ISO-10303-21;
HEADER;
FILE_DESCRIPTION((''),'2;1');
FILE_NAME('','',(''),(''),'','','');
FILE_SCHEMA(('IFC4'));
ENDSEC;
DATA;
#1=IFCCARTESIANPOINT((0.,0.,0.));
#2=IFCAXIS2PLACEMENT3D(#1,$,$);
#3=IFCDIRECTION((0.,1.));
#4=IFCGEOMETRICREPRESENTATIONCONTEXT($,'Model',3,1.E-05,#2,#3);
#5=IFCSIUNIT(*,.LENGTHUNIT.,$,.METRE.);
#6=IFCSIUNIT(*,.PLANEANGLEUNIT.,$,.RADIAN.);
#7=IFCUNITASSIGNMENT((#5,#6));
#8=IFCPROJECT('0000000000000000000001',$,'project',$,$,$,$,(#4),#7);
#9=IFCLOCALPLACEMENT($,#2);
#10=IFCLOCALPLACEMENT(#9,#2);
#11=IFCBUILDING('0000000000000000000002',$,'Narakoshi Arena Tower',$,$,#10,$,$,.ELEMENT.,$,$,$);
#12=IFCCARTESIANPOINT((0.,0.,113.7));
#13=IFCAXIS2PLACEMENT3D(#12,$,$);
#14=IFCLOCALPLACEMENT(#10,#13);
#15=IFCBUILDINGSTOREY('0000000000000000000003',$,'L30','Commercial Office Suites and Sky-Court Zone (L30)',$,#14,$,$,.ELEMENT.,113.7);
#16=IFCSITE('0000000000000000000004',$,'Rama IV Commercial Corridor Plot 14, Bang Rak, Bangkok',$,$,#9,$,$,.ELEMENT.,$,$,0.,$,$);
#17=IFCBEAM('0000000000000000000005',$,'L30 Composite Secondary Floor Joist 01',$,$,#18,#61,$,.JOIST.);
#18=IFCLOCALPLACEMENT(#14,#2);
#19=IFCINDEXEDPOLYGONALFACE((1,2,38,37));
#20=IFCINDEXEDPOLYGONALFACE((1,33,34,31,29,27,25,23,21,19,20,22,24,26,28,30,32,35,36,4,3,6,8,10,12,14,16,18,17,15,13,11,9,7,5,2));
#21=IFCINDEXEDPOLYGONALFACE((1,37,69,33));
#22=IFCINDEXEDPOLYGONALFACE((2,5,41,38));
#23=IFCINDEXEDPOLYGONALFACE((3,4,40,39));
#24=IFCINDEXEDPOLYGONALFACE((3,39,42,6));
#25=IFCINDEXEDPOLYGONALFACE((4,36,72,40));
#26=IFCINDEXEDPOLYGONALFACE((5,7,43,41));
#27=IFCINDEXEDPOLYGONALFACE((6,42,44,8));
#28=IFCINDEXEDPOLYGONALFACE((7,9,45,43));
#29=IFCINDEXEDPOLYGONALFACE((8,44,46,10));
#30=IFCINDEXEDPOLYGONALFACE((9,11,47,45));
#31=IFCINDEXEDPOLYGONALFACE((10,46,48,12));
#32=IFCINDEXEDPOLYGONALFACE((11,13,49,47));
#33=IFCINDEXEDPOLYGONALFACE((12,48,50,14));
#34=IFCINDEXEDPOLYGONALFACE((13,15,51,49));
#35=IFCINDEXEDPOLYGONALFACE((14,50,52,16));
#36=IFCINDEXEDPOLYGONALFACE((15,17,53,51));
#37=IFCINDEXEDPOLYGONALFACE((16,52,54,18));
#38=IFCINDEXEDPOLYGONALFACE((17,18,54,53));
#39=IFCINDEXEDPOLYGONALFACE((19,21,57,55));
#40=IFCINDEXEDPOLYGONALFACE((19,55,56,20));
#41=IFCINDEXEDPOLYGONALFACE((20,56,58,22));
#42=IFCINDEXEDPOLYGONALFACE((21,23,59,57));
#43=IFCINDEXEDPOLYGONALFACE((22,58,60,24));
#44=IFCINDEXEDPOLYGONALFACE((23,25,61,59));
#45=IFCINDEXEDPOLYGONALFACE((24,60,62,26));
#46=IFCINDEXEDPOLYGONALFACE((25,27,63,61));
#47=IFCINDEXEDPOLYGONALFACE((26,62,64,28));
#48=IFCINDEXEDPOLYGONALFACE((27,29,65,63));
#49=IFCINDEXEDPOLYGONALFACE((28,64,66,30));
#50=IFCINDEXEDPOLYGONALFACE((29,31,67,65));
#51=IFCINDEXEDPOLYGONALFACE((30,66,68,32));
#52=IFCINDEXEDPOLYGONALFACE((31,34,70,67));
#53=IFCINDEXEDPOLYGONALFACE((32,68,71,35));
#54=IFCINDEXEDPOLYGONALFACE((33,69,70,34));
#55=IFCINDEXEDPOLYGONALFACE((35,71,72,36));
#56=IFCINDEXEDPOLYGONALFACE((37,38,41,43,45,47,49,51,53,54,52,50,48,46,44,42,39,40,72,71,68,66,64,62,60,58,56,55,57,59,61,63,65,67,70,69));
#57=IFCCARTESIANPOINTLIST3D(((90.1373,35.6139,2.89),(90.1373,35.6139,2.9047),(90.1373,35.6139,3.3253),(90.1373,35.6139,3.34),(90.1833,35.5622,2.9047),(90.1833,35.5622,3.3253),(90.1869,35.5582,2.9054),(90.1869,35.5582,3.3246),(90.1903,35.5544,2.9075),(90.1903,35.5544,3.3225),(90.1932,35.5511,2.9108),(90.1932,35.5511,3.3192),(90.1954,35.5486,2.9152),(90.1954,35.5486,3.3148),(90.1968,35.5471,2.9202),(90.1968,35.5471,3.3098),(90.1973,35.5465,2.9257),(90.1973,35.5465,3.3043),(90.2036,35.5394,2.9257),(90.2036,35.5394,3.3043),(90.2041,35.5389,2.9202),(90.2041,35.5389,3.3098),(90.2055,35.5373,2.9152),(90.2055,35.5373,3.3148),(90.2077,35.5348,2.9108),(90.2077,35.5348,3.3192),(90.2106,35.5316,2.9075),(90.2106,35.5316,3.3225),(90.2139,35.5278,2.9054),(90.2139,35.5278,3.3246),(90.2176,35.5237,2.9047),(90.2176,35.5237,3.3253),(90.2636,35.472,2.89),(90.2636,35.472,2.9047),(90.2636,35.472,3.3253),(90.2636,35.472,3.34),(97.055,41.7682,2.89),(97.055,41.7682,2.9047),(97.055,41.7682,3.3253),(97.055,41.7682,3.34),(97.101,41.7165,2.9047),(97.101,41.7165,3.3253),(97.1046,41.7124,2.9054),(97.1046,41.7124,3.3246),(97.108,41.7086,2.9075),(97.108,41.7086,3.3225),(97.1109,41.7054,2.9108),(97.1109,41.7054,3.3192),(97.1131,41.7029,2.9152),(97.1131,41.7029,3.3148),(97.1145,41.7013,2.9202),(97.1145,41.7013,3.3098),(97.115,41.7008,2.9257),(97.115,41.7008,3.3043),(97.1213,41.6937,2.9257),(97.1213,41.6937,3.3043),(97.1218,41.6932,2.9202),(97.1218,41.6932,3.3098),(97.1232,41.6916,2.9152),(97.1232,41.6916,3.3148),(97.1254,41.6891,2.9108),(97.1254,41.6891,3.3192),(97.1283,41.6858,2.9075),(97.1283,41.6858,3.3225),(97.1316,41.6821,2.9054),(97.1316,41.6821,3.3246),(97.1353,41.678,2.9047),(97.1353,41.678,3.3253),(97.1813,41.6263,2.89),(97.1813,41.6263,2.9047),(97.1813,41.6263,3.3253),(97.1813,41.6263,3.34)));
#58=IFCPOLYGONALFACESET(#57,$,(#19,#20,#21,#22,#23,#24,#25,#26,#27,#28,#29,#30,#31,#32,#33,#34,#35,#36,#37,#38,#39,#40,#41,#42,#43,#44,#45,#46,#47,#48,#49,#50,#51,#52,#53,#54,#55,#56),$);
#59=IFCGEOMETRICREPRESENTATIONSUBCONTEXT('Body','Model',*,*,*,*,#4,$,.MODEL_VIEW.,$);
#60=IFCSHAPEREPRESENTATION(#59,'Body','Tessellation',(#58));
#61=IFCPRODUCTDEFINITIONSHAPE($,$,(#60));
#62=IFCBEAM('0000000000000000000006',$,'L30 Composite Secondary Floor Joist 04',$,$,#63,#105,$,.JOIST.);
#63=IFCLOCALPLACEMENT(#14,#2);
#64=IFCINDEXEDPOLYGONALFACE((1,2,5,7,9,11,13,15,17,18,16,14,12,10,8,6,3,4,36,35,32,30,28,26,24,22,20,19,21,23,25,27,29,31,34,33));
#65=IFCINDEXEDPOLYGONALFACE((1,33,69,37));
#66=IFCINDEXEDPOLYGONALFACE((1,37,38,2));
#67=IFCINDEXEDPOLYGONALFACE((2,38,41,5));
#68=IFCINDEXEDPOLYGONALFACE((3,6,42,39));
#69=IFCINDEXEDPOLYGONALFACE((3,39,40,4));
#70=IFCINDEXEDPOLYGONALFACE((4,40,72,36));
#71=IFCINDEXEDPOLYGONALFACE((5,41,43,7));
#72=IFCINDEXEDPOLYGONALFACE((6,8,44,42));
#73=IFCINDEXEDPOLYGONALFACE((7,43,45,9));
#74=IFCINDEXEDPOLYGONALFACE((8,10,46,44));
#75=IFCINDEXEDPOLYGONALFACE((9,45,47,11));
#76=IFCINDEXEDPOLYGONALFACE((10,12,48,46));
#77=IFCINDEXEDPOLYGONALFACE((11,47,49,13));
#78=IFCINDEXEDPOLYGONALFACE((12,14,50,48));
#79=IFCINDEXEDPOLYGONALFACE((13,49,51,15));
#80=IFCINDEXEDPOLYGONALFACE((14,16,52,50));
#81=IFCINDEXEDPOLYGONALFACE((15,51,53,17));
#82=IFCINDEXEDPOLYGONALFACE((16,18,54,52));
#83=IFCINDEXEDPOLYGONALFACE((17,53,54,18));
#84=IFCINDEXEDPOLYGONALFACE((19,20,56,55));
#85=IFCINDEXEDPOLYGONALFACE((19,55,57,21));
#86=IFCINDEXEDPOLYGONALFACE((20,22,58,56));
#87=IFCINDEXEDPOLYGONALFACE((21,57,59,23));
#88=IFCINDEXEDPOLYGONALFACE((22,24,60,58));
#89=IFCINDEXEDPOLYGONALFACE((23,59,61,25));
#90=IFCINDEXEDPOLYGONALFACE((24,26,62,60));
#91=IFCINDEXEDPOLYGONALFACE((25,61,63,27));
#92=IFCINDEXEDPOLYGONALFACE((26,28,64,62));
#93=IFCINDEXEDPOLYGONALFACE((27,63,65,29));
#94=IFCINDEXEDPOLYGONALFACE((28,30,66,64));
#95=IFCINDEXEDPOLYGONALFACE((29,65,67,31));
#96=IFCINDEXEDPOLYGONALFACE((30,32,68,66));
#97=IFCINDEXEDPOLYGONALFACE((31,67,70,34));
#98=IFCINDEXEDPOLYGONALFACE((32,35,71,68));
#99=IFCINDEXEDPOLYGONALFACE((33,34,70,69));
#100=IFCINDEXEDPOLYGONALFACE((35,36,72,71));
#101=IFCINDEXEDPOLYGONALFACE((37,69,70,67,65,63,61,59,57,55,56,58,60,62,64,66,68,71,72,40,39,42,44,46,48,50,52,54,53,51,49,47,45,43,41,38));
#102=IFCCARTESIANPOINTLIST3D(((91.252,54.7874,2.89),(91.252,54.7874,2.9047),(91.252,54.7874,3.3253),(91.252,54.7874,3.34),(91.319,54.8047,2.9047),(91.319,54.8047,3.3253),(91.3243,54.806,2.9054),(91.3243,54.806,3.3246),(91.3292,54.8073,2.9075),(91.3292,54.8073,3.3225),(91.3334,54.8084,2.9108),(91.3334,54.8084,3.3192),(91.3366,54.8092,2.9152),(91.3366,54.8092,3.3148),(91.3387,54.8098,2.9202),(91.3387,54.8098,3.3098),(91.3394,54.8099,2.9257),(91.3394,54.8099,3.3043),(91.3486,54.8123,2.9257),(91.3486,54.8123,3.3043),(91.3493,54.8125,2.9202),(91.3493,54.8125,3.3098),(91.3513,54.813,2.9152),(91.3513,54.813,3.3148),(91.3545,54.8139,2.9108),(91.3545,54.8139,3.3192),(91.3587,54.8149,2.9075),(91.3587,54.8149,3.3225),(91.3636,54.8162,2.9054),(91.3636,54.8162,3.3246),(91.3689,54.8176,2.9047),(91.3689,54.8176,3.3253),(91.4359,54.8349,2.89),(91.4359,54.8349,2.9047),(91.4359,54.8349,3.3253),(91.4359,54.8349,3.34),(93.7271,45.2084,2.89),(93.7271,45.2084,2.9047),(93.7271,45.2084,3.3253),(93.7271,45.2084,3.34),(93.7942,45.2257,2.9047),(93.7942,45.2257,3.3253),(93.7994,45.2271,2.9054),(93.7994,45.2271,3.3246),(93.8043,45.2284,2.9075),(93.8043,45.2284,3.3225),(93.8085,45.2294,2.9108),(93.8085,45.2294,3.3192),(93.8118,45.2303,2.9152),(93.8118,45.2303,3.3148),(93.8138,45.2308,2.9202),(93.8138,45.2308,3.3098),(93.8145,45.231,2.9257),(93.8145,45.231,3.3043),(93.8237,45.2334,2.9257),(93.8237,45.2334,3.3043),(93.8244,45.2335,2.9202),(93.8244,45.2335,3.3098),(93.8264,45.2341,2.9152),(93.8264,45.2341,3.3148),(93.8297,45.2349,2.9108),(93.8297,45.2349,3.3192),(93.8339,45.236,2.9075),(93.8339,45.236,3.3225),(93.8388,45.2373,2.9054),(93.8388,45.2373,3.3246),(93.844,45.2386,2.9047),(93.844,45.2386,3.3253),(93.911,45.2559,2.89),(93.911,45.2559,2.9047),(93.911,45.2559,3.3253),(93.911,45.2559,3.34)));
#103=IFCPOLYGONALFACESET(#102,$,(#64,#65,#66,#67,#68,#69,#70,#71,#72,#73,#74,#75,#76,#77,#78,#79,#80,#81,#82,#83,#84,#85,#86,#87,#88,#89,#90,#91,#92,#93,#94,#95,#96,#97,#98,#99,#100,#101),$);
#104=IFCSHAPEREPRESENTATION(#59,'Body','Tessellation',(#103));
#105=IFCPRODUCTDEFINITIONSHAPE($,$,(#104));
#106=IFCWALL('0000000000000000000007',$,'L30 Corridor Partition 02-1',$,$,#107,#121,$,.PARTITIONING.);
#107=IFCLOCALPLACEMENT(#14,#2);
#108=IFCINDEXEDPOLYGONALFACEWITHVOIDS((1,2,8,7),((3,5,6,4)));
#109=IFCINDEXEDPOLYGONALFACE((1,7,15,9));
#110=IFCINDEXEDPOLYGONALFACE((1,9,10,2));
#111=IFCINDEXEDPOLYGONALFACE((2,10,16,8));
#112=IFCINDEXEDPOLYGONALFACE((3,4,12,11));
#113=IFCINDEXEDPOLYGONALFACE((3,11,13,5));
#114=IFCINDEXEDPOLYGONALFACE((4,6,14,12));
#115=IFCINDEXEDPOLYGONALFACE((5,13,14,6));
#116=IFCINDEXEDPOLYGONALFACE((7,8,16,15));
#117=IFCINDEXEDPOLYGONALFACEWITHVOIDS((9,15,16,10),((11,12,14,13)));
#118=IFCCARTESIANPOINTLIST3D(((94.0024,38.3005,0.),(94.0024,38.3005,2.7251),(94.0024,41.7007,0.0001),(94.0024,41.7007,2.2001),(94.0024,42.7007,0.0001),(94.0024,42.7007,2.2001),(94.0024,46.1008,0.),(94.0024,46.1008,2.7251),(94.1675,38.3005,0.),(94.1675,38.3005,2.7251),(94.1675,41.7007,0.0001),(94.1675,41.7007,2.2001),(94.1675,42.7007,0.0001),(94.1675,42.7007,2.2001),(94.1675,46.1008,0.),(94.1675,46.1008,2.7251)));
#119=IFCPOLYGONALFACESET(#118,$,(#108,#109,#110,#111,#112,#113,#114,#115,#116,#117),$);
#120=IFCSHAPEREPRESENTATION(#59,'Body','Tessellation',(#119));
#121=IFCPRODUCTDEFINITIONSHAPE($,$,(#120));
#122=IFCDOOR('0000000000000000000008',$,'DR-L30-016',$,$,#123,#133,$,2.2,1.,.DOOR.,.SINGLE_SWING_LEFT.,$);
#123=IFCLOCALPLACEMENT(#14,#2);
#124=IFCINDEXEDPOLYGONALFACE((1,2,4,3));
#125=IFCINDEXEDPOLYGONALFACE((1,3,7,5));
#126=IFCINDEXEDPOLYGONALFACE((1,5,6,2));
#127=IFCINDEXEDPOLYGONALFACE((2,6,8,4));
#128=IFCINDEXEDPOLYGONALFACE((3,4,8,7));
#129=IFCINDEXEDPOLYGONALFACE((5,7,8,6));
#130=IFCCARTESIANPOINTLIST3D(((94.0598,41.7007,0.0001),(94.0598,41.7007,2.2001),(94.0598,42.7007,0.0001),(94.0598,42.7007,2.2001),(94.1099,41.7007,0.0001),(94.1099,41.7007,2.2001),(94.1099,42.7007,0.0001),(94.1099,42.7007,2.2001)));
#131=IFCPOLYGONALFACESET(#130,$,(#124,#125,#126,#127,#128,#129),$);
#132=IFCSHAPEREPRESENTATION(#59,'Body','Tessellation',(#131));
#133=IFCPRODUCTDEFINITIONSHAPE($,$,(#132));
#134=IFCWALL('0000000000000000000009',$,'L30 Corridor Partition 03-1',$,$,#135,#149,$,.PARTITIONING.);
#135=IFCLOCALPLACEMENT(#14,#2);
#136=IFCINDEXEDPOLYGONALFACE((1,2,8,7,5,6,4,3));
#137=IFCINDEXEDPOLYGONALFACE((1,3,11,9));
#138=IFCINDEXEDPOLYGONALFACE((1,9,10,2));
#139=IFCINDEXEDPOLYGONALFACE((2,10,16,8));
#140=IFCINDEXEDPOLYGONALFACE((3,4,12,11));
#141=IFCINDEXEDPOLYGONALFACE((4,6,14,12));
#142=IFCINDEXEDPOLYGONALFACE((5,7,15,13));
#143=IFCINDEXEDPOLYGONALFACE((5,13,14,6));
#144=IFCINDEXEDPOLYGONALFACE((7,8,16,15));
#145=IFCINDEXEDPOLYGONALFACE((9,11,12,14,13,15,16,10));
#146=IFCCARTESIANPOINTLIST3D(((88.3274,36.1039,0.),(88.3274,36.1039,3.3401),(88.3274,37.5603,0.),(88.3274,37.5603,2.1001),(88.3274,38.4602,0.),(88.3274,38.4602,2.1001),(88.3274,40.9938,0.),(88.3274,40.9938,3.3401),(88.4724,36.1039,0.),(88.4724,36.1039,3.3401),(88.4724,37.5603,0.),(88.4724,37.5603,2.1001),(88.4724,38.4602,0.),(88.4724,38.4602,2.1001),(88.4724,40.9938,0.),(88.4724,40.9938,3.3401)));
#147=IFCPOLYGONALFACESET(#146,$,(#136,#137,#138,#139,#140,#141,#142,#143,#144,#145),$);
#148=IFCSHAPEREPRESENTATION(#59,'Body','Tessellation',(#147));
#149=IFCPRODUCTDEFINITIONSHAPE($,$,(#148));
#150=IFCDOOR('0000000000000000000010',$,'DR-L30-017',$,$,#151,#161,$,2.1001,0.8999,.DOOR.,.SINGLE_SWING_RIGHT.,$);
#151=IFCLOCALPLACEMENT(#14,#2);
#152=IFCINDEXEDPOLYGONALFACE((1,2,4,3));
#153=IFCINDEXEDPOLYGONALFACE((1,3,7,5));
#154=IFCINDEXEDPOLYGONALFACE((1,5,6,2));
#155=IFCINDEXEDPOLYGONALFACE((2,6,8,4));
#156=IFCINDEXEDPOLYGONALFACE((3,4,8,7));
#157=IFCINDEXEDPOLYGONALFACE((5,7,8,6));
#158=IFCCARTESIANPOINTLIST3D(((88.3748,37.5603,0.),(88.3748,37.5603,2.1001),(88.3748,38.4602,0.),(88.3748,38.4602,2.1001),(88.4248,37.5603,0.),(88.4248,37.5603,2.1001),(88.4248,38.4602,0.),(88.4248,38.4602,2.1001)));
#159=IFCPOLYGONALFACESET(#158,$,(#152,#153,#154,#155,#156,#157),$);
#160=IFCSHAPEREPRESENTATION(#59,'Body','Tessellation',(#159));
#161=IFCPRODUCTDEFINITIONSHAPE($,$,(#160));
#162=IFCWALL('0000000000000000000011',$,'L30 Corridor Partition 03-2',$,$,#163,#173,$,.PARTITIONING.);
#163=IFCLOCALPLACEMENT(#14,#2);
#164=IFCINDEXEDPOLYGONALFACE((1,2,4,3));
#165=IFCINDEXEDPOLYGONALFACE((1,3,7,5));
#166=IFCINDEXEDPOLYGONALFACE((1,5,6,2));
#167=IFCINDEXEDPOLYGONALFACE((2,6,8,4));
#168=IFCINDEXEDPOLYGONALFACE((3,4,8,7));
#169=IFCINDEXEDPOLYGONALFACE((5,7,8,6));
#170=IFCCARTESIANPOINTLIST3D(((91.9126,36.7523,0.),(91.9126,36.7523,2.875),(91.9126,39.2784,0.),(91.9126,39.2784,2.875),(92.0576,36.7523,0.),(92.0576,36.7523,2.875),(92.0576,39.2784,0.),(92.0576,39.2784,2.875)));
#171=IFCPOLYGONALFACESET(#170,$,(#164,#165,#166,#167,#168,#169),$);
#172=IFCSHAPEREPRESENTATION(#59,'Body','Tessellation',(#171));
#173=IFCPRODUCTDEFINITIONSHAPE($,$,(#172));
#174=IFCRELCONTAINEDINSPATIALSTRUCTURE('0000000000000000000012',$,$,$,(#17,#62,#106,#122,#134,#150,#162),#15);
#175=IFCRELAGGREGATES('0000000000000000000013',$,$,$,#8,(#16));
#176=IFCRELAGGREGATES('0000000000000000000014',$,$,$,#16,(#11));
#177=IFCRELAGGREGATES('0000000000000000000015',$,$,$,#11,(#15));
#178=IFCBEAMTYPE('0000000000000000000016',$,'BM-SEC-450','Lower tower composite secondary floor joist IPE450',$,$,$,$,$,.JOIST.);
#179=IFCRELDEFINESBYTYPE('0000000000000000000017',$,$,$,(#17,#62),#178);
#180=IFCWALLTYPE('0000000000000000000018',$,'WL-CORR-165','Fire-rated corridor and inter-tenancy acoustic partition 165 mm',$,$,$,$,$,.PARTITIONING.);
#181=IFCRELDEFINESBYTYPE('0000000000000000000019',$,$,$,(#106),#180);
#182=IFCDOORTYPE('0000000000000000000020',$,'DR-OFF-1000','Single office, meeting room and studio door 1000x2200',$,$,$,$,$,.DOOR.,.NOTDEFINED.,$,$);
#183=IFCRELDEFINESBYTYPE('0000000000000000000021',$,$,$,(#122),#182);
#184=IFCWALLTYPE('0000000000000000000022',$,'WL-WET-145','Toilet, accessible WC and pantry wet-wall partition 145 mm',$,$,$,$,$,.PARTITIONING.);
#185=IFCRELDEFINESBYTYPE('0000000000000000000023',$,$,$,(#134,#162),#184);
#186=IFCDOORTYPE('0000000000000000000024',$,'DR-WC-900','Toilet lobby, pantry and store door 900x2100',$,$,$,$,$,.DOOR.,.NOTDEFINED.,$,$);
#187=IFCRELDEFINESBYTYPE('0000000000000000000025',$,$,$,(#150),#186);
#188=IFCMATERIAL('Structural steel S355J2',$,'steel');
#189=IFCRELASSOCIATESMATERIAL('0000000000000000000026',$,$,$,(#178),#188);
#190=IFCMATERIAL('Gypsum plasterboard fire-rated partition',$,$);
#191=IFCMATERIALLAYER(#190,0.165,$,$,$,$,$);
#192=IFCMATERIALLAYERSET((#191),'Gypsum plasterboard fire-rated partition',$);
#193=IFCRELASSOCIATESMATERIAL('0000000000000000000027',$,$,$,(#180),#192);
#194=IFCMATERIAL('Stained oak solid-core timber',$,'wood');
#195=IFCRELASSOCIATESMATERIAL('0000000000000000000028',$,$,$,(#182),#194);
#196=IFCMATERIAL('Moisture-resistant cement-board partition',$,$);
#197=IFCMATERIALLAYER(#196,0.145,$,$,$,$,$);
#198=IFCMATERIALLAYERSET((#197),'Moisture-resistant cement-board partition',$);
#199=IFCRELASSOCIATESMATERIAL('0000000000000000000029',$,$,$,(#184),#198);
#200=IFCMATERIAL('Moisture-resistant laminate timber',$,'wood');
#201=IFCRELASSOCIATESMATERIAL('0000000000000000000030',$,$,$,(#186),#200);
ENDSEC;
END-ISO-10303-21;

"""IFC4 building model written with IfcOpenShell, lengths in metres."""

from ifc_helpers import new_model, si_unit, direction, frame, frame_2d, origin, origin_2d, place, context, subcontext, project, spatial, rectangle, i_section, extrude, material, layer, layer_set, material_profile, profile_set, type_object, element, fill, save


model = new_model("IFC4")

# Units and contexts
model_context = context("Model", 3, precision=1e-05, world=origin(), true_north=direction((0.0, 1.0)))
body_context = subcontext(model_context, "Body", "Model", "MODEL_VIEW")
ifc_project = project(units=[si_unit("LENGTHUNIT", "METRE"), si_unit("PLANEANGLEUNIT", "RADIAN")], contexts=[model_context])

# Site, building, storey
site_placement = place(None, origin())
site = spatial("IfcSite", under=ifc_project, at=site_placement, Name="Rama IV Commercial Corridor Plot 14, Bang Rak, Bangkok", CompositionType="ELEMENT", RefElevation=0.0)
building_placement = place(site_placement, origin())
building = spatial("IfcBuilding", under=site, at=building_placement, Name="Narakoshi Arena Tower", CompositionType="ELEMENT")
storey_placement = place(building_placement, frame((0.0, 0.0, 113.7)))
storey = spatial("IfcBuildingStorey", under=building, at=storey_placement, Name="L30", Description="Commercial Office Suites and Sky-Court Zone (L30)", CompositionType="ELEMENT", Elevation=113.7)

# Beams
ifc_material_1 = material(Name="Structural steel S355J2", Category="steel")
ifc_material_profile = material_profile(ifc_material_1, i_section(OverallWidth=0.1899, OverallDepth=0.45, WebThickness=0.0095, FlangeThickness=0.0146, FilletRadius=0.021, at=origin_2d()), Name="IPE450")
ifc_profile_set = profile_set([ifc_material_profile], Name="Structural steel S355J2")
beam_type = type_object("IfcBeamType", Name="BM-SEC-450", Description="Lower tower composite secondary floor joist IPE450", PredefinedType="JOIST", material=ifc_profile_set)
beam_1_placement = place(storey_placement, frame((90.2004, 35.543, 3.115), z_axis=(0.74713, 0.664678, 0.0), x_axis=(-0.664678, 0.74713, 0.0)))
element("IfcBeam", 1, at=beam_1_placement, inside=storey, type_object=beam_type, Name="L30 Composite Secondary Floor Joist 01", PredefinedType="JOIST", context=body_context, shape_type="SweptSolid", body=[
    extrude(i_section(OverallWidth=0.1899, OverallDepth=0.45, WebThickness=0.0095, FlangeThickness=0.0146, FilletRadius=0.021, at=origin_2d()), origin(), (0.0, 0.0, 1.0), 9.259),
])
beam_2_placement = place(storey_placement, frame((93.8191, 45.2322, 3.115), z_axis=(-0.250175, 0.968201, 0.0), x_axis=(-0.968201, -0.250175, 0.0)))
element("IfcBeam", 2, at=beam_2_placement, inside=storey, type_object=beam_type, Name="L30 Composite Secondary Floor Joist 04", PredefinedType="JOIST", context=body_context, shape_type="SweptSolid", body=[
    extrude(i_section(OverallWidth=0.1899, OverallDepth=0.45, WebThickness=0.0095, FlangeThickness=0.0146, FilletRadius=0.021, at=origin_2d()), origin(), (0.0, 0.0, 1.0), 9.8936),
])

# Walls, openings, doors
ifc_material_2 = material(Name="Gypsum plasterboard fire-rated partition")
ifc_layer_1 = layer(ifc_material_2, 0.165)
ifc_layer_set_1 = layer_set([ifc_layer_1], Name="Gypsum plasterboard fire-rated partition")
wall_type_1 = type_object("IfcWallType", Name="WL-CORR-165", Description="Fire-rated corridor and inter-tenancy acoustic partition 165 mm", PredefinedType="PARTITIONING", material=ifc_layer_set_1)
wall_1_placement = place(storey_placement, frame((94.085, 38.3005, 0.0), z_axis=(0.0, 0.0, 1.0), x_axis=(0.0, 1.0, 0.0)))
wall_1 = element("IfcWall", 3, at=wall_1_placement, inside=storey, type_object=wall_type_1, Name="L30 Corridor Partition 02-1", PredefinedType="PARTITIONING", context=body_context, shape_type="SweptSolid", body=[
    extrude(rectangle(XDim=7.8003, YDim=0.165, at=frame_2d((3.9001, 0.0))), origin(), (0.0, 0.0, 1.0), 2.7251),
])
opening_1_placement = place(wall_1_placement, frame((3.4001, 0.0, 0.0)))
opening_1 = element("IfcOpeningElement", 4, at=opening_1_placement, cuts=wall_1, PredefinedType="OPENING", context=body_context, shape_type="SweptSolid", body=[
    extrude(rectangle(XDim=1.0, YDim=2.2, at=frame_2d((0.5, 1.1001))), frame((0.0, 0.0925, 0.0), z_axis=(0.0, -1.0, 0.0), x_axis=(1.0, 0.0, 0.0)), (0.0, 0.0, 1.0), 0.1851),
])
ifc_material_3 = material(Name="Stained oak solid-core timber", Category="wood")
door_type_1 = type_object("IfcDoorType", Name="DR-OFF-1000", Description="Single office, meeting room and studio door 1000x2200", OperationType="NOTDEFINED", PredefinedType="DOOR", material=ifc_material_3)
door_1_placement = place(opening_1_placement, frame((1.0, 0.0, 0.0), z_axis=(0.0, 0.0, 1.0), x_axis=(-1.0, 0.0, 0.0)))
door_1 = element("IfcDoor", 5, at=door_1_placement, inside=storey, type_object=door_type_1, Name="DR-L30-016", OperationType="SINGLE_SWING_LEFT", OverallHeight=2.2, OverallWidth=1.0, PredefinedType="DOOR", context=body_context, shape_type="SweptSolid", body=[
    extrude(rectangle(XDim=1.0, YDim=2.2, at=frame_2d((0.5, 1.1001))), frame((0.0, 0.0249, 0.0), z_axis=(0.0, -1.0, 0.0), x_axis=(1.0, 0.0, 0.0)), (0.0, 0.0, 1.0), 0.05),
])
fill(opening_1, door_1)
ifc_material_4 = material(Name="Moisture-resistant cement-board partition")
ifc_layer_2 = layer(ifc_material_4, 0.145)
ifc_layer_set_2 = layer_set([ifc_layer_2], Name="Moisture-resistant cement-board partition")
wall_type_2 = type_object("IfcWallType", Name="WL-WET-145", Description="Toilet, accessible WC and pantry wet-wall partition 145 mm", PredefinedType="PARTITIONING", material=ifc_layer_set_2)
wall_2_placement = place(storey_placement, frame((88.3999, 36.104, 0.0), z_axis=(0.0, 0.0, 1.0), x_axis=(0.0, 1.0, 0.0)))
wall_2 = element("IfcWall", 6, at=wall_2_placement, inside=storey, type_object=wall_type_2, Name="L30 Corridor Partition 03-1", PredefinedType="PARTITIONING", context=body_context, shape_type="SweptSolid", body=[
    extrude(rectangle(XDim=4.8899, YDim=0.145, at=frame_2d((2.4448, 0.0))), origin(), (0.0, 0.0, 1.0), 3.3401),
])
opening_2_placement = place(wall_2_placement, frame((1.4563, 0.0, 0.0)))
opening_2 = element("IfcOpeningElement", 7, at=opening_2_placement, cuts=wall_2, PredefinedType="OPENING", context=body_context, shape_type="SweptSolid", body=[
    extrude(rectangle(XDim=0.8999, YDim=2.1001, at=frame_2d((0.45, 1.05))), frame((0.0, 0.0825, 0.0), z_axis=(0.0, -1.0, 0.0), x_axis=(1.0, 0.0, 0.0)), (0.0, 0.0, 1.0), 0.165),
])
ifc_material_5 = material(Name="Moisture-resistant laminate timber", Category="wood")
door_type_2 = type_object("IfcDoorType", Name="DR-WC-900", Description="Toilet lobby, pantry and store door 900x2100", OperationType="NOTDEFINED", PredefinedType="DOOR", material=ifc_material_5)
door_2_placement = place(opening_2_placement, frame((0.8999, 0.0, 0.0), z_axis=(0.0, 0.0, 1.0), x_axis=(-1.0, 0.0, 0.0)))
door_2 = element("IfcDoor", 8, at=door_2_placement, inside=storey, type_object=door_type_2, Name="DR-L30-017", OperationType="SINGLE_SWING_RIGHT", OverallHeight=2.1001, OverallWidth=0.8999, PredefinedType="DOOR", context=body_context, shape_type="SweptSolid", body=[
    extrude(rectangle(XDim=0.8999, YDim=2.1001, at=frame_2d((0.45, 1.05))), frame((0.0, 0.0249, 0.0), z_axis=(0.0, -1.0, 0.0), x_axis=(1.0, 0.0, 0.0)), (0.0, 0.0, 1.0), 0.05),
])
fill(opening_2, door_2)

# Wall
wall_3_placement = place(storey_placement, frame((91.9851, 39.2786, 0.0), z_axis=(0.0, 0.0, 1.0), x_axis=(0.0, -1.0, 0.0)))
element("IfcWall", 9, at=wall_3_placement, inside=storey, type_object=wall_type_2, Name="L30 Corridor Partition 03-2", PredefinedType="PARTITIONING", context=body_context, shape_type="SweptSolid", body=[
    extrude(rectangle(XDim=2.5261, YDim=0.145, at=frame_2d((1.2632, 0.0))), origin(), (0.0, 0.0, 1.0), 2.875),
])

save(model, "model.ifc")
